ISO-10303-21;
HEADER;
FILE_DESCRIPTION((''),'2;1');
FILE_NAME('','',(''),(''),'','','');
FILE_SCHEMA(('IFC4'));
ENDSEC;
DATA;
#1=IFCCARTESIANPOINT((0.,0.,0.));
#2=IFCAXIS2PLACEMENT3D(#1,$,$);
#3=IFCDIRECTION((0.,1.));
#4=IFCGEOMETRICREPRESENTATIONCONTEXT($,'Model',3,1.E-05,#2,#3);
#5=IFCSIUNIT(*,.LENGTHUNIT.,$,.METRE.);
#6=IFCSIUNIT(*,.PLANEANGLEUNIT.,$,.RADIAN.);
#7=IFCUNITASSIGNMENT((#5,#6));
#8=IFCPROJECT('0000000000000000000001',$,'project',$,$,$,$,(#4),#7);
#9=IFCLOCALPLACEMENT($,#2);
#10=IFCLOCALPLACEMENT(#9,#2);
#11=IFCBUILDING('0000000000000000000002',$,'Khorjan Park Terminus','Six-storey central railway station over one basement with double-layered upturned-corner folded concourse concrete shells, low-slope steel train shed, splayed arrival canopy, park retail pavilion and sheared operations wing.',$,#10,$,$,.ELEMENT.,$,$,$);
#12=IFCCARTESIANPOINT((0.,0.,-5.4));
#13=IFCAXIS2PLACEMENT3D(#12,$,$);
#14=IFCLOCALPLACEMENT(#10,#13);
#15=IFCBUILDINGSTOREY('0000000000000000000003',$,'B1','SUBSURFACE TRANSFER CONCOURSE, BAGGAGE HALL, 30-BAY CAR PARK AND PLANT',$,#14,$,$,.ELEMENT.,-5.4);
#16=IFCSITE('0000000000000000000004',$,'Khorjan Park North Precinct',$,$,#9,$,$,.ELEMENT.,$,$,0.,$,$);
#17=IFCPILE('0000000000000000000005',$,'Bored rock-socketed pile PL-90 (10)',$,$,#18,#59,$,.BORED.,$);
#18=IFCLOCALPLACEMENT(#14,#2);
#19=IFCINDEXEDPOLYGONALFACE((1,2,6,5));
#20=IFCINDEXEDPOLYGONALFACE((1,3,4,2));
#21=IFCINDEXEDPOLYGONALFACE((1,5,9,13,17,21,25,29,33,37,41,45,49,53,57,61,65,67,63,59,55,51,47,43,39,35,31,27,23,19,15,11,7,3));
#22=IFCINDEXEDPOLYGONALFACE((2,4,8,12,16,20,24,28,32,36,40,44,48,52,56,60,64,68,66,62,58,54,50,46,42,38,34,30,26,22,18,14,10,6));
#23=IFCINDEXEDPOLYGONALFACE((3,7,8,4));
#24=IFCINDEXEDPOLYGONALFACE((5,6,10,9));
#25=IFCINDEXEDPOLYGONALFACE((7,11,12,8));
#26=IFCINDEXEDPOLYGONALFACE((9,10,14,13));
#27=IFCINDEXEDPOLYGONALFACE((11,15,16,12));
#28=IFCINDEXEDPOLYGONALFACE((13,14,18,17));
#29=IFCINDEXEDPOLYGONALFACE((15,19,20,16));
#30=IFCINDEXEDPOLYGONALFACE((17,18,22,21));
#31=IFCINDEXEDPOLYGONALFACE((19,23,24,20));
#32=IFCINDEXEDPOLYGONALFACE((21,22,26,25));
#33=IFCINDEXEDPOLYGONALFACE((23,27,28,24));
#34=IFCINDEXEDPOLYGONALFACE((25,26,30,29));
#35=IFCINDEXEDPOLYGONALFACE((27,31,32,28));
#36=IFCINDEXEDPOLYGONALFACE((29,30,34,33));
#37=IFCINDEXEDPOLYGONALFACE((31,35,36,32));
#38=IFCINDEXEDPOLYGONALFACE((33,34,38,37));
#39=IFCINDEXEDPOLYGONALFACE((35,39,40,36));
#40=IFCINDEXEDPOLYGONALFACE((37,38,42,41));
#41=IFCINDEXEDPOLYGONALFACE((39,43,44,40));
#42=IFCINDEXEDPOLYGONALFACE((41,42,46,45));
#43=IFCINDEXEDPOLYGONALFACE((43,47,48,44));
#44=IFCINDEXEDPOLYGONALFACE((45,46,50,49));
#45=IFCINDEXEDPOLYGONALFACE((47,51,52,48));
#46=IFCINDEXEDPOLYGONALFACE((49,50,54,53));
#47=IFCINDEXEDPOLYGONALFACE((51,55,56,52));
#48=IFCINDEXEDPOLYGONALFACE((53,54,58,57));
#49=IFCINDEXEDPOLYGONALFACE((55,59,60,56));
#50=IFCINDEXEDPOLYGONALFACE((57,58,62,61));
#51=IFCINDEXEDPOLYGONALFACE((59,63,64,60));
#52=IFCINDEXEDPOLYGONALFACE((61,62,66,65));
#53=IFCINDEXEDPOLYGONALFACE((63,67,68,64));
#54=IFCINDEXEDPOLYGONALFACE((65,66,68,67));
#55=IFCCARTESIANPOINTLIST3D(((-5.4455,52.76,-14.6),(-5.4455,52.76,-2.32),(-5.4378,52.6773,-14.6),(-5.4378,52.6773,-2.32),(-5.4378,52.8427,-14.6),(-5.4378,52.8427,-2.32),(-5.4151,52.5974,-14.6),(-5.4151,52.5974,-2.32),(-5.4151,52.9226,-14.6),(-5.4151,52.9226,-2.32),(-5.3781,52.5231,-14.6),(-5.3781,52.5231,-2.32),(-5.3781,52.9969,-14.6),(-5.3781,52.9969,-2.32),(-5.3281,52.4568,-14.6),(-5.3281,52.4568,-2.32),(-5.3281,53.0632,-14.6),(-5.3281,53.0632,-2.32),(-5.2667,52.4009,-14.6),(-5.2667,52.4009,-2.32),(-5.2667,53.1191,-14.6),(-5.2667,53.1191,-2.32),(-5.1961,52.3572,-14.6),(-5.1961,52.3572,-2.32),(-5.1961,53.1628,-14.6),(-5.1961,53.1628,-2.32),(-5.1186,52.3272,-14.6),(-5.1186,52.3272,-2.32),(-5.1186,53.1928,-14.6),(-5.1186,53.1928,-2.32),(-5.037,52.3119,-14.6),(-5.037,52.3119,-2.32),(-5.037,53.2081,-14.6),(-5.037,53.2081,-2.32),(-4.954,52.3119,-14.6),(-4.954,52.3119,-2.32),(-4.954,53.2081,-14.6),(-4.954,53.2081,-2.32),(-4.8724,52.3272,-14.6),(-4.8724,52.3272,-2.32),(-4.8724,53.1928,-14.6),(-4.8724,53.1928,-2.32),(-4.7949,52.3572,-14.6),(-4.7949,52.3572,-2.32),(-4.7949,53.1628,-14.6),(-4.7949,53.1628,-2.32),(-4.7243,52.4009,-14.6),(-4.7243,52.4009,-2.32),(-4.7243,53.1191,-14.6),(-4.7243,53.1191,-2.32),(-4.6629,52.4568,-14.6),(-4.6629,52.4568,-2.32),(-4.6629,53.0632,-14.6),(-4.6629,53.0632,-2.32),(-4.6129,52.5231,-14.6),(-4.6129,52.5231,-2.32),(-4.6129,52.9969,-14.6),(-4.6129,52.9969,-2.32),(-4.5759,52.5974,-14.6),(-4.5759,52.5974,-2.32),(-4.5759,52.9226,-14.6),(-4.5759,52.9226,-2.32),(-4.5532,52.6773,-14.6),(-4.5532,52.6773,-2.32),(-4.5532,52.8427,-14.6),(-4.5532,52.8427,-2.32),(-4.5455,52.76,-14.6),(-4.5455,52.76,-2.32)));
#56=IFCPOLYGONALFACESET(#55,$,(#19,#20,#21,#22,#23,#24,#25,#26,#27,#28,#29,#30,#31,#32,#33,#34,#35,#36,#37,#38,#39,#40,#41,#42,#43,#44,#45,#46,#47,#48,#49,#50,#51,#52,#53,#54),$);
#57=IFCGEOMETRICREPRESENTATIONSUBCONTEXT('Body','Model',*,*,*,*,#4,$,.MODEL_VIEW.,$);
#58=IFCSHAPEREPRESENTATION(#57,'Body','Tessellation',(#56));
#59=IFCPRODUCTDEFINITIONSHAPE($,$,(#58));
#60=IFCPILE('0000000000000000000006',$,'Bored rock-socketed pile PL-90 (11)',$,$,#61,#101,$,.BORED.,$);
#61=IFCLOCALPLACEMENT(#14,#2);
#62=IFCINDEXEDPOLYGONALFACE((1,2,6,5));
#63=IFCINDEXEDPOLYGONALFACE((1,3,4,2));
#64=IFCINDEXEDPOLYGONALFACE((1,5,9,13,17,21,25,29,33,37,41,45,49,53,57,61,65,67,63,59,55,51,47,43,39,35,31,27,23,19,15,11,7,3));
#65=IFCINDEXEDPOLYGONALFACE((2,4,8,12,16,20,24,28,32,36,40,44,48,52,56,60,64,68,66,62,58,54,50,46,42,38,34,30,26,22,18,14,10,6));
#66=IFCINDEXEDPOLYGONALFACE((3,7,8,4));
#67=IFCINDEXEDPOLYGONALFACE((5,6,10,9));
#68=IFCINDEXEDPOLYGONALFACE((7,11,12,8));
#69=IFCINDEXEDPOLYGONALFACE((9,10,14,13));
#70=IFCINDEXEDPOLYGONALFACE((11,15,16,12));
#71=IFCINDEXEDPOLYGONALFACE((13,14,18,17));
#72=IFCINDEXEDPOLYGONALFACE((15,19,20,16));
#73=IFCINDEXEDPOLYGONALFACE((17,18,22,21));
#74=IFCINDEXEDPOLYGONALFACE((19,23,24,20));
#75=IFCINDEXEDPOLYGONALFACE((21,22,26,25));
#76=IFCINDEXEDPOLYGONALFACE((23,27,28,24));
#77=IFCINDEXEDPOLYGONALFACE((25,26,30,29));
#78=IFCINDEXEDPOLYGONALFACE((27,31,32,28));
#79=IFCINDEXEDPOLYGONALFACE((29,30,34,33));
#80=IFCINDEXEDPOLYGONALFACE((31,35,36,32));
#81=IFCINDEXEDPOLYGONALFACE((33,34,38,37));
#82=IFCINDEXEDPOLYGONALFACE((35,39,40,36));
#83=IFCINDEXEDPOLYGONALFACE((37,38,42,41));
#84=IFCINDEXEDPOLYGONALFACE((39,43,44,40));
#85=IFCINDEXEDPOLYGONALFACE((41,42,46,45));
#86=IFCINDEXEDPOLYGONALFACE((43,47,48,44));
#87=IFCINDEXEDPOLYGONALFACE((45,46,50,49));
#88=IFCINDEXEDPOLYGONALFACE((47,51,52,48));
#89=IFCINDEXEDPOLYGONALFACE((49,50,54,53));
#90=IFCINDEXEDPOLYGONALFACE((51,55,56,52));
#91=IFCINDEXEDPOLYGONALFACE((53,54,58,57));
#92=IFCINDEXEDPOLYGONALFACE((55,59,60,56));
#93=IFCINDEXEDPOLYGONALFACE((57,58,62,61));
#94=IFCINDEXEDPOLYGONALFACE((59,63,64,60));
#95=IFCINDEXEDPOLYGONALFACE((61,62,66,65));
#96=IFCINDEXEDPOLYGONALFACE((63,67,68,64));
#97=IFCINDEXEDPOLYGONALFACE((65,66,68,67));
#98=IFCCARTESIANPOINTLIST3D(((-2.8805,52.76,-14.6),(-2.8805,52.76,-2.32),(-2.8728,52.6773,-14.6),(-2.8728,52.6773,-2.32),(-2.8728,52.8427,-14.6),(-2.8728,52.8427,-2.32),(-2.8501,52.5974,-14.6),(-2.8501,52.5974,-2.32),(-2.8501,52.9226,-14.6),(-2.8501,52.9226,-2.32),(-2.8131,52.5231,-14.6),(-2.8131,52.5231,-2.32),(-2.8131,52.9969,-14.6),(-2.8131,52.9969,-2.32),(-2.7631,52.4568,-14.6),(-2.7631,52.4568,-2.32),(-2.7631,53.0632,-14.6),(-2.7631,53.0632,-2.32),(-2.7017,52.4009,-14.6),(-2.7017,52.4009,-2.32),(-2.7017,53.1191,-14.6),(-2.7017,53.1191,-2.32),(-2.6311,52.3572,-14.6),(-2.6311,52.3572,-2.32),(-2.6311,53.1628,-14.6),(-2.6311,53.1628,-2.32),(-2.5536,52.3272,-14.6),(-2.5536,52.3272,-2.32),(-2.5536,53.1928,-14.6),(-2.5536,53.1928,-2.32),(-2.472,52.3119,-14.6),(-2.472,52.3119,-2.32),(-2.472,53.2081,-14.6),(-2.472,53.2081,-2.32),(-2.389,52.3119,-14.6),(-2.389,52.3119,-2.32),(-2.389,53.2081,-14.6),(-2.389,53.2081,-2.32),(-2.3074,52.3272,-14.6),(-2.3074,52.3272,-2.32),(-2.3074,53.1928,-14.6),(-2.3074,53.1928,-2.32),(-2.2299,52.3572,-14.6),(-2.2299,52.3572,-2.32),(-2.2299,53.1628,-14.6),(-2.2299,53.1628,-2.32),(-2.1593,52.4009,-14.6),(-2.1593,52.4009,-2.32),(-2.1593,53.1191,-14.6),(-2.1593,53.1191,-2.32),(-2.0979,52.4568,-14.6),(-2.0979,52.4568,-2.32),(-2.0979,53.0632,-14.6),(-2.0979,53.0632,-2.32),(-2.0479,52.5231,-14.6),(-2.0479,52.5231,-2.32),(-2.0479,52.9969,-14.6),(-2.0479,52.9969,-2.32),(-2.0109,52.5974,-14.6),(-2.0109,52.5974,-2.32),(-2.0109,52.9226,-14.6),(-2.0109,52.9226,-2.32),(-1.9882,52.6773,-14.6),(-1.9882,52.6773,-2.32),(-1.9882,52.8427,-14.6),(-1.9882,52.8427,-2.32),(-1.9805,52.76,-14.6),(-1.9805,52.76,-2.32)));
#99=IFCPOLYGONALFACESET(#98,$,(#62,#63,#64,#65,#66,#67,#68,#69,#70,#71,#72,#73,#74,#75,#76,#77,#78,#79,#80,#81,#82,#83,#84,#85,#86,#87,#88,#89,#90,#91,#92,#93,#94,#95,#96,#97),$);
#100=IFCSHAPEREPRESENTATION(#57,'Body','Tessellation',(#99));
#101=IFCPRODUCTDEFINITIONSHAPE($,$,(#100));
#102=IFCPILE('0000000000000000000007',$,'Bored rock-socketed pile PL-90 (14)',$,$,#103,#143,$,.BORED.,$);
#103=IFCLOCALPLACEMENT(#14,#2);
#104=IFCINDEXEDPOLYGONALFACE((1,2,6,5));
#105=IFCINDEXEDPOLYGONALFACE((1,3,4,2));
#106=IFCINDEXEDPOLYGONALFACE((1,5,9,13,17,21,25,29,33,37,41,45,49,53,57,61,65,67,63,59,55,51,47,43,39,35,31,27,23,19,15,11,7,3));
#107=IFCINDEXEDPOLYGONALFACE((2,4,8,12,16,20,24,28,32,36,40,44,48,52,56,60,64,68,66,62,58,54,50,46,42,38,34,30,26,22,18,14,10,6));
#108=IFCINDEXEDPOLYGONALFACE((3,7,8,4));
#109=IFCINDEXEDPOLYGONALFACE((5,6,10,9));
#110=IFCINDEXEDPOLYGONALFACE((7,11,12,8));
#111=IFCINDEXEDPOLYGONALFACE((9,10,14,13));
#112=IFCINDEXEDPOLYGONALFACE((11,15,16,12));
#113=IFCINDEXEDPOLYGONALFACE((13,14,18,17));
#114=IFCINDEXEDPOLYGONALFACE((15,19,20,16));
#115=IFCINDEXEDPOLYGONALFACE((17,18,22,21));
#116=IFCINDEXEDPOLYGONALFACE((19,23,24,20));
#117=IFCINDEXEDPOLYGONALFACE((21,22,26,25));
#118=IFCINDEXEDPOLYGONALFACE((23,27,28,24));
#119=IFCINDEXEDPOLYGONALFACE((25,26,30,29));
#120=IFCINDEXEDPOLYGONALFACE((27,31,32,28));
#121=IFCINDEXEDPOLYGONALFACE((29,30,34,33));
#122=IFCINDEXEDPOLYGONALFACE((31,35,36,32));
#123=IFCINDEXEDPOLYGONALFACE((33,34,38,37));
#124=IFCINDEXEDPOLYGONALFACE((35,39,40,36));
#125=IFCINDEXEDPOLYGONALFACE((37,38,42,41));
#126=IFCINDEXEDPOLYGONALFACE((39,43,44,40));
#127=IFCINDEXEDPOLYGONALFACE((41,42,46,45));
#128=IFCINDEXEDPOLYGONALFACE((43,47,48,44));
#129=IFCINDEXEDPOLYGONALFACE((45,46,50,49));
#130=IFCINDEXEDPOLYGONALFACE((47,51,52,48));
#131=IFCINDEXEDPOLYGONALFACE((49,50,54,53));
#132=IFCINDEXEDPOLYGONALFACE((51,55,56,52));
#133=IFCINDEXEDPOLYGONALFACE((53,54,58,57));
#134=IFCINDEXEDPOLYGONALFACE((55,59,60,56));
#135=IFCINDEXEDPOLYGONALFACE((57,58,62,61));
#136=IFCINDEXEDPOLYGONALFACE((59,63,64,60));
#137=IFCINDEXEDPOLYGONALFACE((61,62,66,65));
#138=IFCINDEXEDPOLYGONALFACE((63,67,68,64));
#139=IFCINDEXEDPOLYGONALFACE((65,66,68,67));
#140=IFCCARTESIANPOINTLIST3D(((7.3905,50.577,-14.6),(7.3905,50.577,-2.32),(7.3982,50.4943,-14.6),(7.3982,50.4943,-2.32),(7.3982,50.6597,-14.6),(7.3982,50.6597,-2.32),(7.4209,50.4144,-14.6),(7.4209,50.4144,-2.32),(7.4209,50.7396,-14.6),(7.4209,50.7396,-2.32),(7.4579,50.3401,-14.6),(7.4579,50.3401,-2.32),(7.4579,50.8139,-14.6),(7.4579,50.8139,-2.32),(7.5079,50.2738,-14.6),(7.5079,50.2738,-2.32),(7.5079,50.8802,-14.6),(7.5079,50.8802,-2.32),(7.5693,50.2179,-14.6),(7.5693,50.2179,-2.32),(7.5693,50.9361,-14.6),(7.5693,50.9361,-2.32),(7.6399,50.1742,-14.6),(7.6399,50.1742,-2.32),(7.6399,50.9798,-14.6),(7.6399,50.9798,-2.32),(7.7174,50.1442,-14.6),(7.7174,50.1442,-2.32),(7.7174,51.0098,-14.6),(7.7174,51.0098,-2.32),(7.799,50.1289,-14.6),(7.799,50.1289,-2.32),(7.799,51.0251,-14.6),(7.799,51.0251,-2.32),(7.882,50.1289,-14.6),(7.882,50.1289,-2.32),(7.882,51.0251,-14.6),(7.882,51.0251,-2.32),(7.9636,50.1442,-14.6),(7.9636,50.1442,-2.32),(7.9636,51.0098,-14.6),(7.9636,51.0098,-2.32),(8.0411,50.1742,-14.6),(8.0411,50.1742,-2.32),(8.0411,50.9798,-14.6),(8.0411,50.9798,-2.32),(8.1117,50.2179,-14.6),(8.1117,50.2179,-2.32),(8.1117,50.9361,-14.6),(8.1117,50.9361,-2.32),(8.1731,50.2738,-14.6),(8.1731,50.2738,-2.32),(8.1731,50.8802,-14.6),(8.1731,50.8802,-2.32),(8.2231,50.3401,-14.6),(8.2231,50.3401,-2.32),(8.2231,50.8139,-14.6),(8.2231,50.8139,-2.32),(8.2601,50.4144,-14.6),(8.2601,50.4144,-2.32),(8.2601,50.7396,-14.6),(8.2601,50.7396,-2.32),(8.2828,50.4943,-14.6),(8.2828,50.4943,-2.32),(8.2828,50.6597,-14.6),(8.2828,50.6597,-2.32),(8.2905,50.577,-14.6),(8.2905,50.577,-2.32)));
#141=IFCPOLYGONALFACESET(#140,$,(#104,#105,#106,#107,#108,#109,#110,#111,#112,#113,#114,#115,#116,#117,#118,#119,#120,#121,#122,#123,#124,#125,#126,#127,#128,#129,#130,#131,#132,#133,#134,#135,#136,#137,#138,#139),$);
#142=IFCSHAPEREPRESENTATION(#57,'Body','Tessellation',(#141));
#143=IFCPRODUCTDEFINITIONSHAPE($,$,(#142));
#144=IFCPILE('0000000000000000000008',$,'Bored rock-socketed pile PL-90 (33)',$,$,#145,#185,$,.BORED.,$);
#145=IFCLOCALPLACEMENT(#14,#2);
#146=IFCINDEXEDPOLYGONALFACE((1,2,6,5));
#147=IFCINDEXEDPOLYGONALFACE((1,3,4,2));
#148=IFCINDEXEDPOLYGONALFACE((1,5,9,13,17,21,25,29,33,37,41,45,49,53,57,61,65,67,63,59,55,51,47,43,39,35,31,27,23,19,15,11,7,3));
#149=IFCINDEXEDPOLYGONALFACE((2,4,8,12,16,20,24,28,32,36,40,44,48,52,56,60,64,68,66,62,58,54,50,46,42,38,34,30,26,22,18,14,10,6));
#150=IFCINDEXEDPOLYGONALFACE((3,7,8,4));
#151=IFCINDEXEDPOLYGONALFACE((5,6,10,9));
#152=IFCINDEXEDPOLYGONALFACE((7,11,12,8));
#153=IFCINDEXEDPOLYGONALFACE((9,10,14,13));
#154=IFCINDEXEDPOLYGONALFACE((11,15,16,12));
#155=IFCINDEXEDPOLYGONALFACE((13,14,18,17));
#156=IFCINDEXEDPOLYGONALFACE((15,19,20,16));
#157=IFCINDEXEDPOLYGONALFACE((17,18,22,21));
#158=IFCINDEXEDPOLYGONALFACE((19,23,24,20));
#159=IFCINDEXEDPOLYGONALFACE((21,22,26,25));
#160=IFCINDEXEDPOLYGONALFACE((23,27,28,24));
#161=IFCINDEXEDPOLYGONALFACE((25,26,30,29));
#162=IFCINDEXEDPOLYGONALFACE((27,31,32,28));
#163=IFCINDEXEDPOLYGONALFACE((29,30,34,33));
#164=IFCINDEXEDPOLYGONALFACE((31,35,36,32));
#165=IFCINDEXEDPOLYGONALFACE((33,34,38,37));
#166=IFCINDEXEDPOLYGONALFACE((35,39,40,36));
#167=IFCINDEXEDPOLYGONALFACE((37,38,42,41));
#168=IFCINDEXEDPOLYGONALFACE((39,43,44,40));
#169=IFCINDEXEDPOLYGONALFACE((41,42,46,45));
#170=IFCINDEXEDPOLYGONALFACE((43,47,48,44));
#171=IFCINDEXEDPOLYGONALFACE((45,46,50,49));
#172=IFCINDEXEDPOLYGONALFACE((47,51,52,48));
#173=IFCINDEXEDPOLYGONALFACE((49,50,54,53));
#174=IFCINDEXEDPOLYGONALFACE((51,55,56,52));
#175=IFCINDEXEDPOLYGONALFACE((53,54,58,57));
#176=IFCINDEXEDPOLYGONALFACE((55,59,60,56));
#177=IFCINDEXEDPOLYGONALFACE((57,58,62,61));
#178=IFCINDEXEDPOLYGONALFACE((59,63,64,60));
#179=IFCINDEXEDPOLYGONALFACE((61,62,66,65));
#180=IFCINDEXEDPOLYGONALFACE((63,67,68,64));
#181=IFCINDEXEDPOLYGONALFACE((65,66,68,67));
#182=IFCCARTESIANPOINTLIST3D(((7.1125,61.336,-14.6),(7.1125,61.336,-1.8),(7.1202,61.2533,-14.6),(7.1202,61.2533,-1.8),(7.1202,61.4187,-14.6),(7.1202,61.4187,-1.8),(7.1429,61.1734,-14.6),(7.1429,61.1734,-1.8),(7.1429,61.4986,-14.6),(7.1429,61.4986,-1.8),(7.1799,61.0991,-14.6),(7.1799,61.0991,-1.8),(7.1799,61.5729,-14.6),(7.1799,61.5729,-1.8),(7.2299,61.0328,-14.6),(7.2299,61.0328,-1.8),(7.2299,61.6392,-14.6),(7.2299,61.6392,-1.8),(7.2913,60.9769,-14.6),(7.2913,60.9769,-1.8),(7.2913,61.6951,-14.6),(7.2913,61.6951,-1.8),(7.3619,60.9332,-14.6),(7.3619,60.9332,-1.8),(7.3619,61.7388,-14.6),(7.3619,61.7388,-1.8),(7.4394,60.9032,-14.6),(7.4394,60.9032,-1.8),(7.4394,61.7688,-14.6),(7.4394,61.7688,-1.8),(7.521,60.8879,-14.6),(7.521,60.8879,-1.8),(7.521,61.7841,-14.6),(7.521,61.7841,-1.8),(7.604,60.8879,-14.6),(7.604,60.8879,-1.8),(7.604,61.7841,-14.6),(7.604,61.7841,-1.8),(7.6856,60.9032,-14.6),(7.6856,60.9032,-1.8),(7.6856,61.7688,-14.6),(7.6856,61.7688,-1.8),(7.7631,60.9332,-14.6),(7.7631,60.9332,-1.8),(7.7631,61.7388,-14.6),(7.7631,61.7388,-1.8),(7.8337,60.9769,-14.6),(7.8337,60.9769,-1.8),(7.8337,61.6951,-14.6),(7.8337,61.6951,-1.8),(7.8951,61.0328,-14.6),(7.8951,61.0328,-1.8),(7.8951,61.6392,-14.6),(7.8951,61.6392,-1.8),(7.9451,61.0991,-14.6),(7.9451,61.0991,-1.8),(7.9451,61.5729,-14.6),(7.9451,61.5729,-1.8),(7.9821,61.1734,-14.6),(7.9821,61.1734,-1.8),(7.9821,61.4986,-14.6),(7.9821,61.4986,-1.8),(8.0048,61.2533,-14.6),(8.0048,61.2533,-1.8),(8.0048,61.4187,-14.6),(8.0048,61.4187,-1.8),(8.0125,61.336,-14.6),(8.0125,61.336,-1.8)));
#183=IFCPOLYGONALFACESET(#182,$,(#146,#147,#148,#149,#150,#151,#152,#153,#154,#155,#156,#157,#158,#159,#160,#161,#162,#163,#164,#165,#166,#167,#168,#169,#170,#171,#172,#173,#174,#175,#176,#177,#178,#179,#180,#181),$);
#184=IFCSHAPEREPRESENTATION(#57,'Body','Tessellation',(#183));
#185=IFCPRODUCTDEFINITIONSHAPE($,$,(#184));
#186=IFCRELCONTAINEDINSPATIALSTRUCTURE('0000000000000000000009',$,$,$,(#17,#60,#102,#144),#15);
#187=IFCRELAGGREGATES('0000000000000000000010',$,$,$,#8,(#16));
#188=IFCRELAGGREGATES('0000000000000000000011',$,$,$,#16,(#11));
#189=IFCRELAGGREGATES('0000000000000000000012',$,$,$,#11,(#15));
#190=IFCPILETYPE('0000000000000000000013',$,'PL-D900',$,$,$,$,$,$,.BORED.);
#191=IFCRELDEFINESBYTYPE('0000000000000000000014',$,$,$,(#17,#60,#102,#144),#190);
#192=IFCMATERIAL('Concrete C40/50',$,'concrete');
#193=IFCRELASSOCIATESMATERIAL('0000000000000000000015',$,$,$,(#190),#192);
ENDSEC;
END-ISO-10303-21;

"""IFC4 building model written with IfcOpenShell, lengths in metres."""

from ifc_helpers import new_model, si_unit, direction, frame, origin, origin_2d, place, context, subcontext, project, spatial, circle, extrude, material, material_profile, profile_set, type_object, element, save


model = new_model("IFC4")

# Units and contexts
model_context = context("Model", 3, precision=1e-05, world=origin(), true_north=direction((0.0, 1.0)))
body_context = subcontext(model_context, "Body", "Model", "MODEL_VIEW")
ifc_project = project(units=[si_unit("LENGTHUNIT", "METRE"), si_unit("PLANEANGLEUNIT", "RADIAN")], contexts=[model_context])

# Site, building, storey
site_placement = place(None, origin())
site = spatial("IfcSite", under=ifc_project, at=site_placement, Name="Khorjan Park North Precinct", CompositionType="ELEMENT", RefElevation=0.0)
building_placement = place(site_placement, origin())
building = spatial("IfcBuilding", under=site, at=building_placement, Name="Khorjan Park Terminus", Description="Six-storey central railway station over one basement with double-layered upturned-corner folded concourse concrete shells, low-slope steel train shed, splayed arrival canopy, park retail pavilion and sheared operations wing.", CompositionType="ELEMENT")
storey_placement = place(building_placement, frame((0.0, 0.0, -5.4)))
storey = spatial("IfcBuildingStorey", under=building, at=storey_placement, Name="B1", Description="SUBSURFACE TRANSFER CONCOURSE, BAGGAGE HALL, 30-BAY CAR PARK AND PLANT", CompositionType="ELEMENT", Elevation=-5.4)

# Shared definitions
ifc_material_1 = material(Name="Concrete C40/50", Category="concrete")

# Piles
ifc_material_profile_1 = material_profile(ifc_material_1, circle(Radius=0.45, at=origin_2d()), Name="BORED D900")
ifc_profile_set_1 = profile_set([ifc_material_profile_1], Name="Concrete C40/50")
pile_type_1 = type_object("IfcPileType", Name="PL-D900", PredefinedType="BORED", material=ifc_profile_set_1)
for number, where, z_axis, x_axis, name in (
    (1, (-4.9955, 52.76, -2.32), (0.0, 0.0, -1.0), (1.0, 0.0, 0.0), "Bored rock-socketed pile PL-90 (10)"),
    (2, (-2.4305, 52.76, -2.32), (0.0, 0.0, -1.0), (1.0, 0.0, 0.0), "Bored rock-socketed pile PL-90 (11)"),
    (3, (7.8405, 50.577, -2.32), (0.0, 0.0, -1.0), (1.0, 0.0, 0.0), "Bored rock-socketed pile PL-90 (14)"),
):
    element("IfcPile", number, at=place(storey_placement, frame(where, z_axis=z_axis, x_axis=x_axis)), inside=storey, type_object=pile_type_1, Name=name, PredefinedType="BORED", context=body_context, shape_type="SweptSolid", body=[
        extrude(circle(Radius=0.45, at=origin_2d()), origin(), (0.0, 0.0, 1.0), 12.28),
    ])
for number, where, z_axis, x_axis, name in (
    (4, (7.5625, 61.336, -1.8), (0.0, 0.0, -1.0), (1.0, 0.0, 0.0), "Bored rock-socketed pile PL-90 (33)"),
):
    element("IfcPile", number, at=place(storey_placement, frame(where, z_axis=z_axis, x_axis=x_axis)), inside=storey, type_object=pile_type_1, Name=name, PredefinedType="BORED", context=body_context, shape_type="SweptSolid", body=[
        extrude(circle(Radius=0.45, at=origin_2d()), origin(), (0.0, 0.0, 1.0), 12.8),
    ])

save(model, "model.ifc")
